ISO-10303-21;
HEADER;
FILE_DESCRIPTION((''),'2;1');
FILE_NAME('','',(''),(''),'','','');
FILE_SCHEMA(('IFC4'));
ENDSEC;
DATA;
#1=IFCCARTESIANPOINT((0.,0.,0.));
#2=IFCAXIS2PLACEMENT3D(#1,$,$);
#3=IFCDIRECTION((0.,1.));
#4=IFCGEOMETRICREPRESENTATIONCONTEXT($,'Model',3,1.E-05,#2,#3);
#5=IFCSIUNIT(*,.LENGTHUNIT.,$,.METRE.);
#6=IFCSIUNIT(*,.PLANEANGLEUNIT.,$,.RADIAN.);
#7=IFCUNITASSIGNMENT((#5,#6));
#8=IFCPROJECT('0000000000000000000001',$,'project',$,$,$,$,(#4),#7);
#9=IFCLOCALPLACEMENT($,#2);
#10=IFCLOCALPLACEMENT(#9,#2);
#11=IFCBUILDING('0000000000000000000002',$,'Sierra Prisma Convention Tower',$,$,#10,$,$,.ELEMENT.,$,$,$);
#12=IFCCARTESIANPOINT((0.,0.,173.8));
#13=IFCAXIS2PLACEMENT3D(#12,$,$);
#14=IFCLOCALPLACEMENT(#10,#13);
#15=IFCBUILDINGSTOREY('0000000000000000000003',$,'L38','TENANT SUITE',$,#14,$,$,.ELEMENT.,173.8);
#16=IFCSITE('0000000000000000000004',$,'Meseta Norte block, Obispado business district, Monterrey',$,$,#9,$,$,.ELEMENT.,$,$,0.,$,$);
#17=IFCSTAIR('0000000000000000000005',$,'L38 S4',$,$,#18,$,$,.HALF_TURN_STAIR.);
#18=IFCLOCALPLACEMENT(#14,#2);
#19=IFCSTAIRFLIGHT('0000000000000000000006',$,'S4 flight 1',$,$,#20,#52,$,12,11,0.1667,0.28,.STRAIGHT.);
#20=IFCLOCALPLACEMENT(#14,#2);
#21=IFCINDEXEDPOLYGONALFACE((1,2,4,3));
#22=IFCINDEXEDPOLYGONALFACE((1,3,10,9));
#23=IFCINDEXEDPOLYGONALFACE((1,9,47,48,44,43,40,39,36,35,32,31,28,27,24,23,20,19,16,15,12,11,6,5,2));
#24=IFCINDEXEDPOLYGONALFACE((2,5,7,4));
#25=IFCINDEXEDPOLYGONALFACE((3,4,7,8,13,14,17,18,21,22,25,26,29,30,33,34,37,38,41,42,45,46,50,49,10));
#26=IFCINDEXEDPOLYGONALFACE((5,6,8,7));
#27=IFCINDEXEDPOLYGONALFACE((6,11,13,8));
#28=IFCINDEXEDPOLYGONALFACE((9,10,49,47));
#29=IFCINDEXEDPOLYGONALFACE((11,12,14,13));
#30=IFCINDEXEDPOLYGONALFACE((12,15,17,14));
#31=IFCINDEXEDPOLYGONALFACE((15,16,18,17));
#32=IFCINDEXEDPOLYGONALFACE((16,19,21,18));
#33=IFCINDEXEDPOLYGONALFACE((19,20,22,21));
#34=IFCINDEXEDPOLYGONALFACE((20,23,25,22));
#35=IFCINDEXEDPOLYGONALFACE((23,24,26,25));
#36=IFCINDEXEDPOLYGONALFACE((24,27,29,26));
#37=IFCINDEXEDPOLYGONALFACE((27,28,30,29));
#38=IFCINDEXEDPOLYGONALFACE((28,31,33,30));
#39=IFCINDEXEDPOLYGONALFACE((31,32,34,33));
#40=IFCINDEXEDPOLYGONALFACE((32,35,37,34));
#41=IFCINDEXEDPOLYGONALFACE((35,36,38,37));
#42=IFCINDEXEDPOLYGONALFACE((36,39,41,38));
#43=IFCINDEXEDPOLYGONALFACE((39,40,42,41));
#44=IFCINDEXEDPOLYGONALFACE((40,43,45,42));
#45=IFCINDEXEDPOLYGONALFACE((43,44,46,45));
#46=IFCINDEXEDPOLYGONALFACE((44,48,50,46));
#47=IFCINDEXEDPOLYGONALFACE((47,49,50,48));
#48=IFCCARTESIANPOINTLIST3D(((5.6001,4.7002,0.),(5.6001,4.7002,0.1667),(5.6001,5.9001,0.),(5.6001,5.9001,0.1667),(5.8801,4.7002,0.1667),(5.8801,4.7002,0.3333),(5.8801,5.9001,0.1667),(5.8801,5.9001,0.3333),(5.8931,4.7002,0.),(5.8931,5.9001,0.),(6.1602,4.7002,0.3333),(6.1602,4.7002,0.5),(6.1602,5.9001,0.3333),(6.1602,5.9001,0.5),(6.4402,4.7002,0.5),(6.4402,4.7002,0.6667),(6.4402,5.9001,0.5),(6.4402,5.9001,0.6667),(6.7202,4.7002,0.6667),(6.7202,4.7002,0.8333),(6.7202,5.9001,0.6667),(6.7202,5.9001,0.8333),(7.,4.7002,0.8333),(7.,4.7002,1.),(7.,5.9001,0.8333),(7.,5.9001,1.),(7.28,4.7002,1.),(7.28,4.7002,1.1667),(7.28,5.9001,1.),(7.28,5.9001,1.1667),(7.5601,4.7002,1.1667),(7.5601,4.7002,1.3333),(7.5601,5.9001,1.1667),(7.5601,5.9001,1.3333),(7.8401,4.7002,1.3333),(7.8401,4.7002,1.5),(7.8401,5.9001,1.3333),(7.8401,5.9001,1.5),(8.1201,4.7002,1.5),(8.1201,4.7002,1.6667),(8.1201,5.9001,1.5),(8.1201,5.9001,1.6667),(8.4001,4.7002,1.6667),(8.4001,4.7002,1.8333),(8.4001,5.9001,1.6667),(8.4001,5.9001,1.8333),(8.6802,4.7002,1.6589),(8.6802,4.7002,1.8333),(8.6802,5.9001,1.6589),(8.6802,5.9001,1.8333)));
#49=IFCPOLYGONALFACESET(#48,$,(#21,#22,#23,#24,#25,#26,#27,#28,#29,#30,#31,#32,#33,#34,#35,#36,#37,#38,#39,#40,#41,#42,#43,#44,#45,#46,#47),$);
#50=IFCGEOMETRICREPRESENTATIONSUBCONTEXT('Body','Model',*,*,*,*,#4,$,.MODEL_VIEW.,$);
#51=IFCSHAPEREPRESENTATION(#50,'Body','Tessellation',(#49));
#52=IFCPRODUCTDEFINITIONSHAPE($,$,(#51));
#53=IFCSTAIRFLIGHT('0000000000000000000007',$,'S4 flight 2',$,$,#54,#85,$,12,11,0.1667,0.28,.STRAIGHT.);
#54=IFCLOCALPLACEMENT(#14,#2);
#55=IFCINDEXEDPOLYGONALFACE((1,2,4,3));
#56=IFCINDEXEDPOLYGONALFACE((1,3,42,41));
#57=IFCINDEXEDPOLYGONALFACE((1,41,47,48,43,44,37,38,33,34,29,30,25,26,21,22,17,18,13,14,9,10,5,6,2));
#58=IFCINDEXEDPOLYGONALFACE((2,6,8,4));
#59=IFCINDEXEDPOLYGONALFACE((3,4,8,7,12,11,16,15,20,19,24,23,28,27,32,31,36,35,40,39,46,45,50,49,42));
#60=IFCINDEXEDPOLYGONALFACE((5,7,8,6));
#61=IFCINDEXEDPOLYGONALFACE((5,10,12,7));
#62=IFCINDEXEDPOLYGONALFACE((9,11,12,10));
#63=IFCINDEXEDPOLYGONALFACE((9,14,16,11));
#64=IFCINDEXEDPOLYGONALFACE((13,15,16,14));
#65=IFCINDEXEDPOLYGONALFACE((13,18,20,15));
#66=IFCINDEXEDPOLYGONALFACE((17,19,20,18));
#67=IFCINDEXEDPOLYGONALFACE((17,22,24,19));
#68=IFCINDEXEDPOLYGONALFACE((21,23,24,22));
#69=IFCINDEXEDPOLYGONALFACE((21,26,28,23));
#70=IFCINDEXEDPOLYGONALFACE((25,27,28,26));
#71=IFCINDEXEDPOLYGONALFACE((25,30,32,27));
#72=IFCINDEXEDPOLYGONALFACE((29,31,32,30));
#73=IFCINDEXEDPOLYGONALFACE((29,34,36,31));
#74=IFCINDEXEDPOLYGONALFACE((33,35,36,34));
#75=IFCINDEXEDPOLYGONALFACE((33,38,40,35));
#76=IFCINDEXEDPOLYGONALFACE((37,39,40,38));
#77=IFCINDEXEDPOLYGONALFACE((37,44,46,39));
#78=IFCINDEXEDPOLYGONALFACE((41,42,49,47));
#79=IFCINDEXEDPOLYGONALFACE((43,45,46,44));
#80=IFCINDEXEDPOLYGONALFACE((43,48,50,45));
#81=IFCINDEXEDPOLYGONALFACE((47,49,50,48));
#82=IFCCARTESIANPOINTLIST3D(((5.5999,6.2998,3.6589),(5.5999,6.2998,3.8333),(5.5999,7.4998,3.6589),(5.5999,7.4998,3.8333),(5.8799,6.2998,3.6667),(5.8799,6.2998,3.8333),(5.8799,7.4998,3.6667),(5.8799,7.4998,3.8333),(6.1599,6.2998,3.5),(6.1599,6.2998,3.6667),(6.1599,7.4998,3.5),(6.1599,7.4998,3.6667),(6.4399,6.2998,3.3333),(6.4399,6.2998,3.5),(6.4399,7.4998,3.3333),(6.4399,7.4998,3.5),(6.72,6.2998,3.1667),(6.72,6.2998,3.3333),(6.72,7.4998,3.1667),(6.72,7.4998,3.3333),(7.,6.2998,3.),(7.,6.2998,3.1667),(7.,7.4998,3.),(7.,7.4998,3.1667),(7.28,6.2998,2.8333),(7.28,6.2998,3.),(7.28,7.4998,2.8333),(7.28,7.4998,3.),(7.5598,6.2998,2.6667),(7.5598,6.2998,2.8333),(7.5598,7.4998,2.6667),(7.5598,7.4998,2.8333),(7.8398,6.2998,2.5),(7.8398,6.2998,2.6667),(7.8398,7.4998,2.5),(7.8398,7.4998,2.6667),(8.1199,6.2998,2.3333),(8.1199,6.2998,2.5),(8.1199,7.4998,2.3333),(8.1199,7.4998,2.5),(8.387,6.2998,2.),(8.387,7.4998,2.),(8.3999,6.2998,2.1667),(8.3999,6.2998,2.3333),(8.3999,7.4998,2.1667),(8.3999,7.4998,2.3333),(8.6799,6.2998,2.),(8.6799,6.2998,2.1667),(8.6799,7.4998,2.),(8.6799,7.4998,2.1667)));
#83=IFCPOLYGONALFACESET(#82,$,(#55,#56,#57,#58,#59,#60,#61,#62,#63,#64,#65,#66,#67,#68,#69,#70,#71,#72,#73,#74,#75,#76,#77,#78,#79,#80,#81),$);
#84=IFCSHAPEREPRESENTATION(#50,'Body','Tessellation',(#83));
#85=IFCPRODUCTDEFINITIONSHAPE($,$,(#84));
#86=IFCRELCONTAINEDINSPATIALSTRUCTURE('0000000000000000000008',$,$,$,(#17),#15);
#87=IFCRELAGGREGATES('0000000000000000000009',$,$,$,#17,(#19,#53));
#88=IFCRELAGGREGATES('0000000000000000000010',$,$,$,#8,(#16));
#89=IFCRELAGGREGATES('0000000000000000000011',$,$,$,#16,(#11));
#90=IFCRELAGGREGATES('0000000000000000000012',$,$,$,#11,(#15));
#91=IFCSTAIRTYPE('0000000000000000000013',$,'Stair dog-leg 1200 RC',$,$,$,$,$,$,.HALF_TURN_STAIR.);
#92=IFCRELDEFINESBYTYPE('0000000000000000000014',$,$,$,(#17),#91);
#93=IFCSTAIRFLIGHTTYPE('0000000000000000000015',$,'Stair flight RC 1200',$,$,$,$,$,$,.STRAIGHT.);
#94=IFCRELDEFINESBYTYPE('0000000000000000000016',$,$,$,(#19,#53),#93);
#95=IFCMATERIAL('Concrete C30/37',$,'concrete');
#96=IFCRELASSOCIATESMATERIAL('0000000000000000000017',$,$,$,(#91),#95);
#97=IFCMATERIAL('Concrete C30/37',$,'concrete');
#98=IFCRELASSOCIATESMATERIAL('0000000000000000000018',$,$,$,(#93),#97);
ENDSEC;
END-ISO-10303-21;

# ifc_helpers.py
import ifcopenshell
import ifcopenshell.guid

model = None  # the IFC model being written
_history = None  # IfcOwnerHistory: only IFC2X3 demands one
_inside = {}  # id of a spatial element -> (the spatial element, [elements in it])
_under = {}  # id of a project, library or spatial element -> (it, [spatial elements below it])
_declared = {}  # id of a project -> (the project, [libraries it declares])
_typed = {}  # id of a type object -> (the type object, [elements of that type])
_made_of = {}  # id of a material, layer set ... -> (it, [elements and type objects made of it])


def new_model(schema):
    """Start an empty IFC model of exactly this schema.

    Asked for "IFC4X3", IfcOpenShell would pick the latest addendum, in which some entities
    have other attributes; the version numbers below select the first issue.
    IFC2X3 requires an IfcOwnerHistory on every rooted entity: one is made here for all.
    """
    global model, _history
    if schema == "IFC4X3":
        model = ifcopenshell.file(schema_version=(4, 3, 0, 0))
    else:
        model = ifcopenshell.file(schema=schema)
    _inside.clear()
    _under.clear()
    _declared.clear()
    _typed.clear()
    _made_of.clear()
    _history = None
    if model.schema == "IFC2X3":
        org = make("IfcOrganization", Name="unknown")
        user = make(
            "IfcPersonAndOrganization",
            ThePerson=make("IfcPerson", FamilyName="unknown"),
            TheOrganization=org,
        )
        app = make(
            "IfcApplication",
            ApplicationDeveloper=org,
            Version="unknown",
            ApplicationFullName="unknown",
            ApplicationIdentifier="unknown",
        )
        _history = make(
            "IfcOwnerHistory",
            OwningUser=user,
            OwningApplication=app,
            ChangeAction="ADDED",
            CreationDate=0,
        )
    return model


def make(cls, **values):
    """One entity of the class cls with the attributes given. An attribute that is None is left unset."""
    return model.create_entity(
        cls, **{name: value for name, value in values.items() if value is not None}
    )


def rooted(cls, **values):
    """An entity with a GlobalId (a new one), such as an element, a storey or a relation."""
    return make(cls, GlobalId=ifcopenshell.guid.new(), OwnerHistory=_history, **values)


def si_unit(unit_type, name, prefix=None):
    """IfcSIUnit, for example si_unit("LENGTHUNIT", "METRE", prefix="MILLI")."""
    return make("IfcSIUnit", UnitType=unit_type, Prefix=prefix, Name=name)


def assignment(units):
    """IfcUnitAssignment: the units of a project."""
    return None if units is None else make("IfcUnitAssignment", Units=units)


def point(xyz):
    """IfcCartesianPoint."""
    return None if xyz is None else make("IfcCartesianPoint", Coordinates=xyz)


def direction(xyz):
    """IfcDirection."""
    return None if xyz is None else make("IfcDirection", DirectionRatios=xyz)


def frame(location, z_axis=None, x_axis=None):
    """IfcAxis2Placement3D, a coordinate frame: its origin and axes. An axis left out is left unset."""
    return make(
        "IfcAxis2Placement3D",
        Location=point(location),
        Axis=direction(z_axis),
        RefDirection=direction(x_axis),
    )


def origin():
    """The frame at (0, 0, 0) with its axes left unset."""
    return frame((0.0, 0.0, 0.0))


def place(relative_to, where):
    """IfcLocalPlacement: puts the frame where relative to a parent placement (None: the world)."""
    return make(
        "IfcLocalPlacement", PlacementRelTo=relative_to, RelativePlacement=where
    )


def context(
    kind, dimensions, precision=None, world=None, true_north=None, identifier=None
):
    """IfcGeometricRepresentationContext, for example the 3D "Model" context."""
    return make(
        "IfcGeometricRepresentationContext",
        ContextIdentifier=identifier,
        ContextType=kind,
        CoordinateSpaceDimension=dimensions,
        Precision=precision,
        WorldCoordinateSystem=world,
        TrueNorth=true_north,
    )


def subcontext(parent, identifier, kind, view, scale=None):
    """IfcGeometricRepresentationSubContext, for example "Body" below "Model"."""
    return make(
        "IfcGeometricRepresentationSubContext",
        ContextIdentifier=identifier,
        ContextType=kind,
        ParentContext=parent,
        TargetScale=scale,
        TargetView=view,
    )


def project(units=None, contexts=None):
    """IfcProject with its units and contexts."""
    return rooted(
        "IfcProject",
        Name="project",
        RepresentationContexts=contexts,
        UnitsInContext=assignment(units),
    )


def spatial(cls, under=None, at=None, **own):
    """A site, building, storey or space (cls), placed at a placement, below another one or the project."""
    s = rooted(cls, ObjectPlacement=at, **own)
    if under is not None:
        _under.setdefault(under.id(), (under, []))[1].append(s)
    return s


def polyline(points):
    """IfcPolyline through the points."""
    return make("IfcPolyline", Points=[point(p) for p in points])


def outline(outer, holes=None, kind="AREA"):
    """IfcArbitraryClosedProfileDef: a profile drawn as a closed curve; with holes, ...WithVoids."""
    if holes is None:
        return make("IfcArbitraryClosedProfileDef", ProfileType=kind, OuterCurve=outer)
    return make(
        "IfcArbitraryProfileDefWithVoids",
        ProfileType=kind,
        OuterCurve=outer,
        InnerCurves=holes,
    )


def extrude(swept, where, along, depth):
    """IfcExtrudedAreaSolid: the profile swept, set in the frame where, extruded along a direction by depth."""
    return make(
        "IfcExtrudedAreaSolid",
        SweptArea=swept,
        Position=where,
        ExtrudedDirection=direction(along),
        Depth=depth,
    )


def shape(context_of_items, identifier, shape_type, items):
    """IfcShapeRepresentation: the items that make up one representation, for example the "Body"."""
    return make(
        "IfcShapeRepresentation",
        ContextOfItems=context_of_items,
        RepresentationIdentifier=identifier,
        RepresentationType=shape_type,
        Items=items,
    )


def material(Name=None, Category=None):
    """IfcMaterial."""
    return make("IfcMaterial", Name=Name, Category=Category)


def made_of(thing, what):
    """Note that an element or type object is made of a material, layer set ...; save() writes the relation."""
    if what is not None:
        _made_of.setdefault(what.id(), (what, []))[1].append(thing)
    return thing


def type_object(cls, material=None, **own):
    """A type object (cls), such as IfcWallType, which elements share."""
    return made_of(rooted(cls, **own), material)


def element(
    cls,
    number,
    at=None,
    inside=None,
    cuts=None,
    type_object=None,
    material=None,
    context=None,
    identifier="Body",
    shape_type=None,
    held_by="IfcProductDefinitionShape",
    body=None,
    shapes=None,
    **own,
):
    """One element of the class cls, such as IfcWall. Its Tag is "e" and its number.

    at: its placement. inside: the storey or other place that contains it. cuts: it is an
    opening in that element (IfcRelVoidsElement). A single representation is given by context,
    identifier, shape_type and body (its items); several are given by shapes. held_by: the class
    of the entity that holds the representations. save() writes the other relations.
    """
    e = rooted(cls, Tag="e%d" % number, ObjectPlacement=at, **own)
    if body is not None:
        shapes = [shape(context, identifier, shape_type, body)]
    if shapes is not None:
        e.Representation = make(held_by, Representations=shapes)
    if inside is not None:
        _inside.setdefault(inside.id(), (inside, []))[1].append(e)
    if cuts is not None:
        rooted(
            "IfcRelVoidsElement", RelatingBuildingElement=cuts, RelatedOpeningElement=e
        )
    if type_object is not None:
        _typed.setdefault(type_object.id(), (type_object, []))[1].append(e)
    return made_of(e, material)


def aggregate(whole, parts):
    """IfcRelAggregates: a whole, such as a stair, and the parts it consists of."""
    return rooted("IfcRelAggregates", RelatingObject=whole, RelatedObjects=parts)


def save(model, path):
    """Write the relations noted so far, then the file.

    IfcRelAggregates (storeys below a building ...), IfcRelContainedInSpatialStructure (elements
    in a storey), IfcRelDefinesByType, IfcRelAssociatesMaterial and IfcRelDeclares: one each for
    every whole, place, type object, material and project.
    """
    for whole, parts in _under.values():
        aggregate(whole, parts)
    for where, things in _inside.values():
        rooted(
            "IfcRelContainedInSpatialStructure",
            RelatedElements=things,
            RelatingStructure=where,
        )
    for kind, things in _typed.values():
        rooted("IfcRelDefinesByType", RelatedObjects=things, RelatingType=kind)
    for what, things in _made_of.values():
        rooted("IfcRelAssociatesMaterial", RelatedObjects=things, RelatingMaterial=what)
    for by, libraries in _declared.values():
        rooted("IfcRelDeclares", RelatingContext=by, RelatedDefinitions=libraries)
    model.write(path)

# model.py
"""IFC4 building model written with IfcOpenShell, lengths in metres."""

from ifc_helpers import new_model, si_unit, direction, frame, origin, place, context, subcontext, project, spatial, polyline, outline, extrude, material, type_object, element, aggregate, save


model = new_model("IFC4")

# Units and contexts
model_context = context("Model", 3, precision=1e-05, world=origin(), true_north=direction((0.0, 1.0)))
body_context = subcontext(model_context, "Body", "Model", "MODEL_VIEW")
ifc_project = project(units=[si_unit("LENGTHUNIT", "METRE"), si_unit("PLANEANGLEUNIT", "RADIAN")], contexts=[model_context])

# Site, building, storey
site_placement = place(None, origin())
site = spatial("IfcSite", under=ifc_project, at=site_placement, Name="Meseta Norte block, Obispado business district, Monterrey", CompositionType="ELEMENT", RefElevation=0.0)
building_placement = place(site_placement, origin())
building = spatial("IfcBuilding", under=site, at=building_placement, Name="Sierra Prisma Convention Tower", CompositionType="ELEMENT")
storey_placement = place(building_placement, frame((0.0, 0.0, 173.8)))
storey = spatial("IfcBuildingStorey", under=building, at=storey_placement, Name="L38", Description="TENANT SUITE", CompositionType="ELEMENT", Elevation=173.8)

# Shared definitions
ifc_material_1 = material(Name="Concrete C30/37", Category="concrete")
stair_type = type_object("IfcStairType", Name="Stair dog-leg 1200 RC", PredefinedType="HALF_TURN_STAIR", material=ifc_material_1)

# Stair
stair_1_placement = place(storey_placement, origin())
stair_1 = element("IfcStair", 1, at=stair_1_placement, inside=storey, type_object=stair_type, Name="L38 S4", PredefinedType="HALF_TURN_STAIR")

# Stair flights
ifc_material_2 = material(Name="Concrete C30/37", Category="concrete")
stair_flight_type = type_object("IfcStairFlightType", Name="Stair flight RC 1200", PredefinedType="STRAIGHT", material=ifc_material_2)
stair_flight_1_placement = place(storey_placement, frame((5.6001, 5.3, 0.0), z_axis=(0.0, 0.0, 1.0), x_axis=(1.0, 0.0, 0.0)))
stair_flight_1 = element("IfcStairFlight", 2, at=stair_flight_1_placement, type_object=stair_flight_type, Name="S4 flight 1", NumberOfRisers=12, NumberOfTreads=11, PredefinedType="STRAIGHT", RiserHeight=0.1667, TreadLength=0.28, context=body_context, shape_type="SweptSolid", body=[
    extrude(outline(polyline([(0.0, 0.0), (0.0, 0.1667), (0.28, 0.1667), (0.28, 0.3333), (0.5601, 0.3333), (0.5601, 0.5), (0.8401, 0.5), (0.8401, 0.6667), (1.1201, 0.6667), (1.1201, 0.8333), (1.3999, 0.8333), (1.3999, 1.0), (1.6799, 1.0), (1.6799, 1.1667), (1.96, 1.1667), (1.96, 1.3333), (2.24, 1.3333), (2.24, 1.5), (2.52, 1.5), (2.52, 1.6667), (2.8, 1.6667), (2.8, 1.8333), (3.0801, 1.8333), (3.0801, 2.0), (3.0801, 1.6589), (0.293, 0.0), (0.0, 0.0)])), frame((0.0, 0.6001, 0.0), z_axis=(0.0, -1.0, 0.0), x_axis=(1.0, 0.0, 0.0)), (0.0, 0.0, 1.0), 1.2),
])
stair_flight_2_placement = place(storey_placement, frame((8.6799, 6.8999, 2.0), z_axis=(0.0, 0.0, 1.0), x_axis=(-1.0, 0.0, 0.0)))
stair_flight_2 = element("IfcStairFlight", 3, at=stair_flight_2_placement, type_object=stair_flight_type, Name="S4 flight 2", NumberOfRisers=12, NumberOfTreads=11, PredefinedType="STRAIGHT", RiserHeight=0.1667, TreadLength=0.28, context=body_context, shape_type="SweptSolid", body=[
    extrude(outline(polyline([(0.0, 0.0), (0.0, 0.1667), (0.28, 0.1667), (0.28, 0.3333), (0.5601, 0.3333), (0.5601, 0.5), (0.8401, 0.5), (0.8401, 0.6667), (1.1201, 0.6667), (1.1201, 0.8333), (1.3999, 0.8333), (1.3999, 1.0), (1.6799, 1.0), (1.6799, 1.1667), (1.96, 1.1667), (1.96, 1.3333), (2.24, 1.3333), (2.24, 1.5), (2.52, 1.5), (2.52, 1.6667), (2.8, 1.6667), (2.8, 1.8333), (3.0801, 1.8333), (3.0801, 2.0), (3.0801, 1.6589), (0.293, 0.0), (0.0, 0.0)])), frame((0.0, 0.6001, 0.0), z_axis=(0.0, -1.0, 0.0), x_axis=(1.0, 0.0, 0.0)), (0.0, 0.0, 1.0), 1.2),
])
aggregate(stair_1, [stair_flight_1, stair_flight_2])

save(model, "model.ifc")
